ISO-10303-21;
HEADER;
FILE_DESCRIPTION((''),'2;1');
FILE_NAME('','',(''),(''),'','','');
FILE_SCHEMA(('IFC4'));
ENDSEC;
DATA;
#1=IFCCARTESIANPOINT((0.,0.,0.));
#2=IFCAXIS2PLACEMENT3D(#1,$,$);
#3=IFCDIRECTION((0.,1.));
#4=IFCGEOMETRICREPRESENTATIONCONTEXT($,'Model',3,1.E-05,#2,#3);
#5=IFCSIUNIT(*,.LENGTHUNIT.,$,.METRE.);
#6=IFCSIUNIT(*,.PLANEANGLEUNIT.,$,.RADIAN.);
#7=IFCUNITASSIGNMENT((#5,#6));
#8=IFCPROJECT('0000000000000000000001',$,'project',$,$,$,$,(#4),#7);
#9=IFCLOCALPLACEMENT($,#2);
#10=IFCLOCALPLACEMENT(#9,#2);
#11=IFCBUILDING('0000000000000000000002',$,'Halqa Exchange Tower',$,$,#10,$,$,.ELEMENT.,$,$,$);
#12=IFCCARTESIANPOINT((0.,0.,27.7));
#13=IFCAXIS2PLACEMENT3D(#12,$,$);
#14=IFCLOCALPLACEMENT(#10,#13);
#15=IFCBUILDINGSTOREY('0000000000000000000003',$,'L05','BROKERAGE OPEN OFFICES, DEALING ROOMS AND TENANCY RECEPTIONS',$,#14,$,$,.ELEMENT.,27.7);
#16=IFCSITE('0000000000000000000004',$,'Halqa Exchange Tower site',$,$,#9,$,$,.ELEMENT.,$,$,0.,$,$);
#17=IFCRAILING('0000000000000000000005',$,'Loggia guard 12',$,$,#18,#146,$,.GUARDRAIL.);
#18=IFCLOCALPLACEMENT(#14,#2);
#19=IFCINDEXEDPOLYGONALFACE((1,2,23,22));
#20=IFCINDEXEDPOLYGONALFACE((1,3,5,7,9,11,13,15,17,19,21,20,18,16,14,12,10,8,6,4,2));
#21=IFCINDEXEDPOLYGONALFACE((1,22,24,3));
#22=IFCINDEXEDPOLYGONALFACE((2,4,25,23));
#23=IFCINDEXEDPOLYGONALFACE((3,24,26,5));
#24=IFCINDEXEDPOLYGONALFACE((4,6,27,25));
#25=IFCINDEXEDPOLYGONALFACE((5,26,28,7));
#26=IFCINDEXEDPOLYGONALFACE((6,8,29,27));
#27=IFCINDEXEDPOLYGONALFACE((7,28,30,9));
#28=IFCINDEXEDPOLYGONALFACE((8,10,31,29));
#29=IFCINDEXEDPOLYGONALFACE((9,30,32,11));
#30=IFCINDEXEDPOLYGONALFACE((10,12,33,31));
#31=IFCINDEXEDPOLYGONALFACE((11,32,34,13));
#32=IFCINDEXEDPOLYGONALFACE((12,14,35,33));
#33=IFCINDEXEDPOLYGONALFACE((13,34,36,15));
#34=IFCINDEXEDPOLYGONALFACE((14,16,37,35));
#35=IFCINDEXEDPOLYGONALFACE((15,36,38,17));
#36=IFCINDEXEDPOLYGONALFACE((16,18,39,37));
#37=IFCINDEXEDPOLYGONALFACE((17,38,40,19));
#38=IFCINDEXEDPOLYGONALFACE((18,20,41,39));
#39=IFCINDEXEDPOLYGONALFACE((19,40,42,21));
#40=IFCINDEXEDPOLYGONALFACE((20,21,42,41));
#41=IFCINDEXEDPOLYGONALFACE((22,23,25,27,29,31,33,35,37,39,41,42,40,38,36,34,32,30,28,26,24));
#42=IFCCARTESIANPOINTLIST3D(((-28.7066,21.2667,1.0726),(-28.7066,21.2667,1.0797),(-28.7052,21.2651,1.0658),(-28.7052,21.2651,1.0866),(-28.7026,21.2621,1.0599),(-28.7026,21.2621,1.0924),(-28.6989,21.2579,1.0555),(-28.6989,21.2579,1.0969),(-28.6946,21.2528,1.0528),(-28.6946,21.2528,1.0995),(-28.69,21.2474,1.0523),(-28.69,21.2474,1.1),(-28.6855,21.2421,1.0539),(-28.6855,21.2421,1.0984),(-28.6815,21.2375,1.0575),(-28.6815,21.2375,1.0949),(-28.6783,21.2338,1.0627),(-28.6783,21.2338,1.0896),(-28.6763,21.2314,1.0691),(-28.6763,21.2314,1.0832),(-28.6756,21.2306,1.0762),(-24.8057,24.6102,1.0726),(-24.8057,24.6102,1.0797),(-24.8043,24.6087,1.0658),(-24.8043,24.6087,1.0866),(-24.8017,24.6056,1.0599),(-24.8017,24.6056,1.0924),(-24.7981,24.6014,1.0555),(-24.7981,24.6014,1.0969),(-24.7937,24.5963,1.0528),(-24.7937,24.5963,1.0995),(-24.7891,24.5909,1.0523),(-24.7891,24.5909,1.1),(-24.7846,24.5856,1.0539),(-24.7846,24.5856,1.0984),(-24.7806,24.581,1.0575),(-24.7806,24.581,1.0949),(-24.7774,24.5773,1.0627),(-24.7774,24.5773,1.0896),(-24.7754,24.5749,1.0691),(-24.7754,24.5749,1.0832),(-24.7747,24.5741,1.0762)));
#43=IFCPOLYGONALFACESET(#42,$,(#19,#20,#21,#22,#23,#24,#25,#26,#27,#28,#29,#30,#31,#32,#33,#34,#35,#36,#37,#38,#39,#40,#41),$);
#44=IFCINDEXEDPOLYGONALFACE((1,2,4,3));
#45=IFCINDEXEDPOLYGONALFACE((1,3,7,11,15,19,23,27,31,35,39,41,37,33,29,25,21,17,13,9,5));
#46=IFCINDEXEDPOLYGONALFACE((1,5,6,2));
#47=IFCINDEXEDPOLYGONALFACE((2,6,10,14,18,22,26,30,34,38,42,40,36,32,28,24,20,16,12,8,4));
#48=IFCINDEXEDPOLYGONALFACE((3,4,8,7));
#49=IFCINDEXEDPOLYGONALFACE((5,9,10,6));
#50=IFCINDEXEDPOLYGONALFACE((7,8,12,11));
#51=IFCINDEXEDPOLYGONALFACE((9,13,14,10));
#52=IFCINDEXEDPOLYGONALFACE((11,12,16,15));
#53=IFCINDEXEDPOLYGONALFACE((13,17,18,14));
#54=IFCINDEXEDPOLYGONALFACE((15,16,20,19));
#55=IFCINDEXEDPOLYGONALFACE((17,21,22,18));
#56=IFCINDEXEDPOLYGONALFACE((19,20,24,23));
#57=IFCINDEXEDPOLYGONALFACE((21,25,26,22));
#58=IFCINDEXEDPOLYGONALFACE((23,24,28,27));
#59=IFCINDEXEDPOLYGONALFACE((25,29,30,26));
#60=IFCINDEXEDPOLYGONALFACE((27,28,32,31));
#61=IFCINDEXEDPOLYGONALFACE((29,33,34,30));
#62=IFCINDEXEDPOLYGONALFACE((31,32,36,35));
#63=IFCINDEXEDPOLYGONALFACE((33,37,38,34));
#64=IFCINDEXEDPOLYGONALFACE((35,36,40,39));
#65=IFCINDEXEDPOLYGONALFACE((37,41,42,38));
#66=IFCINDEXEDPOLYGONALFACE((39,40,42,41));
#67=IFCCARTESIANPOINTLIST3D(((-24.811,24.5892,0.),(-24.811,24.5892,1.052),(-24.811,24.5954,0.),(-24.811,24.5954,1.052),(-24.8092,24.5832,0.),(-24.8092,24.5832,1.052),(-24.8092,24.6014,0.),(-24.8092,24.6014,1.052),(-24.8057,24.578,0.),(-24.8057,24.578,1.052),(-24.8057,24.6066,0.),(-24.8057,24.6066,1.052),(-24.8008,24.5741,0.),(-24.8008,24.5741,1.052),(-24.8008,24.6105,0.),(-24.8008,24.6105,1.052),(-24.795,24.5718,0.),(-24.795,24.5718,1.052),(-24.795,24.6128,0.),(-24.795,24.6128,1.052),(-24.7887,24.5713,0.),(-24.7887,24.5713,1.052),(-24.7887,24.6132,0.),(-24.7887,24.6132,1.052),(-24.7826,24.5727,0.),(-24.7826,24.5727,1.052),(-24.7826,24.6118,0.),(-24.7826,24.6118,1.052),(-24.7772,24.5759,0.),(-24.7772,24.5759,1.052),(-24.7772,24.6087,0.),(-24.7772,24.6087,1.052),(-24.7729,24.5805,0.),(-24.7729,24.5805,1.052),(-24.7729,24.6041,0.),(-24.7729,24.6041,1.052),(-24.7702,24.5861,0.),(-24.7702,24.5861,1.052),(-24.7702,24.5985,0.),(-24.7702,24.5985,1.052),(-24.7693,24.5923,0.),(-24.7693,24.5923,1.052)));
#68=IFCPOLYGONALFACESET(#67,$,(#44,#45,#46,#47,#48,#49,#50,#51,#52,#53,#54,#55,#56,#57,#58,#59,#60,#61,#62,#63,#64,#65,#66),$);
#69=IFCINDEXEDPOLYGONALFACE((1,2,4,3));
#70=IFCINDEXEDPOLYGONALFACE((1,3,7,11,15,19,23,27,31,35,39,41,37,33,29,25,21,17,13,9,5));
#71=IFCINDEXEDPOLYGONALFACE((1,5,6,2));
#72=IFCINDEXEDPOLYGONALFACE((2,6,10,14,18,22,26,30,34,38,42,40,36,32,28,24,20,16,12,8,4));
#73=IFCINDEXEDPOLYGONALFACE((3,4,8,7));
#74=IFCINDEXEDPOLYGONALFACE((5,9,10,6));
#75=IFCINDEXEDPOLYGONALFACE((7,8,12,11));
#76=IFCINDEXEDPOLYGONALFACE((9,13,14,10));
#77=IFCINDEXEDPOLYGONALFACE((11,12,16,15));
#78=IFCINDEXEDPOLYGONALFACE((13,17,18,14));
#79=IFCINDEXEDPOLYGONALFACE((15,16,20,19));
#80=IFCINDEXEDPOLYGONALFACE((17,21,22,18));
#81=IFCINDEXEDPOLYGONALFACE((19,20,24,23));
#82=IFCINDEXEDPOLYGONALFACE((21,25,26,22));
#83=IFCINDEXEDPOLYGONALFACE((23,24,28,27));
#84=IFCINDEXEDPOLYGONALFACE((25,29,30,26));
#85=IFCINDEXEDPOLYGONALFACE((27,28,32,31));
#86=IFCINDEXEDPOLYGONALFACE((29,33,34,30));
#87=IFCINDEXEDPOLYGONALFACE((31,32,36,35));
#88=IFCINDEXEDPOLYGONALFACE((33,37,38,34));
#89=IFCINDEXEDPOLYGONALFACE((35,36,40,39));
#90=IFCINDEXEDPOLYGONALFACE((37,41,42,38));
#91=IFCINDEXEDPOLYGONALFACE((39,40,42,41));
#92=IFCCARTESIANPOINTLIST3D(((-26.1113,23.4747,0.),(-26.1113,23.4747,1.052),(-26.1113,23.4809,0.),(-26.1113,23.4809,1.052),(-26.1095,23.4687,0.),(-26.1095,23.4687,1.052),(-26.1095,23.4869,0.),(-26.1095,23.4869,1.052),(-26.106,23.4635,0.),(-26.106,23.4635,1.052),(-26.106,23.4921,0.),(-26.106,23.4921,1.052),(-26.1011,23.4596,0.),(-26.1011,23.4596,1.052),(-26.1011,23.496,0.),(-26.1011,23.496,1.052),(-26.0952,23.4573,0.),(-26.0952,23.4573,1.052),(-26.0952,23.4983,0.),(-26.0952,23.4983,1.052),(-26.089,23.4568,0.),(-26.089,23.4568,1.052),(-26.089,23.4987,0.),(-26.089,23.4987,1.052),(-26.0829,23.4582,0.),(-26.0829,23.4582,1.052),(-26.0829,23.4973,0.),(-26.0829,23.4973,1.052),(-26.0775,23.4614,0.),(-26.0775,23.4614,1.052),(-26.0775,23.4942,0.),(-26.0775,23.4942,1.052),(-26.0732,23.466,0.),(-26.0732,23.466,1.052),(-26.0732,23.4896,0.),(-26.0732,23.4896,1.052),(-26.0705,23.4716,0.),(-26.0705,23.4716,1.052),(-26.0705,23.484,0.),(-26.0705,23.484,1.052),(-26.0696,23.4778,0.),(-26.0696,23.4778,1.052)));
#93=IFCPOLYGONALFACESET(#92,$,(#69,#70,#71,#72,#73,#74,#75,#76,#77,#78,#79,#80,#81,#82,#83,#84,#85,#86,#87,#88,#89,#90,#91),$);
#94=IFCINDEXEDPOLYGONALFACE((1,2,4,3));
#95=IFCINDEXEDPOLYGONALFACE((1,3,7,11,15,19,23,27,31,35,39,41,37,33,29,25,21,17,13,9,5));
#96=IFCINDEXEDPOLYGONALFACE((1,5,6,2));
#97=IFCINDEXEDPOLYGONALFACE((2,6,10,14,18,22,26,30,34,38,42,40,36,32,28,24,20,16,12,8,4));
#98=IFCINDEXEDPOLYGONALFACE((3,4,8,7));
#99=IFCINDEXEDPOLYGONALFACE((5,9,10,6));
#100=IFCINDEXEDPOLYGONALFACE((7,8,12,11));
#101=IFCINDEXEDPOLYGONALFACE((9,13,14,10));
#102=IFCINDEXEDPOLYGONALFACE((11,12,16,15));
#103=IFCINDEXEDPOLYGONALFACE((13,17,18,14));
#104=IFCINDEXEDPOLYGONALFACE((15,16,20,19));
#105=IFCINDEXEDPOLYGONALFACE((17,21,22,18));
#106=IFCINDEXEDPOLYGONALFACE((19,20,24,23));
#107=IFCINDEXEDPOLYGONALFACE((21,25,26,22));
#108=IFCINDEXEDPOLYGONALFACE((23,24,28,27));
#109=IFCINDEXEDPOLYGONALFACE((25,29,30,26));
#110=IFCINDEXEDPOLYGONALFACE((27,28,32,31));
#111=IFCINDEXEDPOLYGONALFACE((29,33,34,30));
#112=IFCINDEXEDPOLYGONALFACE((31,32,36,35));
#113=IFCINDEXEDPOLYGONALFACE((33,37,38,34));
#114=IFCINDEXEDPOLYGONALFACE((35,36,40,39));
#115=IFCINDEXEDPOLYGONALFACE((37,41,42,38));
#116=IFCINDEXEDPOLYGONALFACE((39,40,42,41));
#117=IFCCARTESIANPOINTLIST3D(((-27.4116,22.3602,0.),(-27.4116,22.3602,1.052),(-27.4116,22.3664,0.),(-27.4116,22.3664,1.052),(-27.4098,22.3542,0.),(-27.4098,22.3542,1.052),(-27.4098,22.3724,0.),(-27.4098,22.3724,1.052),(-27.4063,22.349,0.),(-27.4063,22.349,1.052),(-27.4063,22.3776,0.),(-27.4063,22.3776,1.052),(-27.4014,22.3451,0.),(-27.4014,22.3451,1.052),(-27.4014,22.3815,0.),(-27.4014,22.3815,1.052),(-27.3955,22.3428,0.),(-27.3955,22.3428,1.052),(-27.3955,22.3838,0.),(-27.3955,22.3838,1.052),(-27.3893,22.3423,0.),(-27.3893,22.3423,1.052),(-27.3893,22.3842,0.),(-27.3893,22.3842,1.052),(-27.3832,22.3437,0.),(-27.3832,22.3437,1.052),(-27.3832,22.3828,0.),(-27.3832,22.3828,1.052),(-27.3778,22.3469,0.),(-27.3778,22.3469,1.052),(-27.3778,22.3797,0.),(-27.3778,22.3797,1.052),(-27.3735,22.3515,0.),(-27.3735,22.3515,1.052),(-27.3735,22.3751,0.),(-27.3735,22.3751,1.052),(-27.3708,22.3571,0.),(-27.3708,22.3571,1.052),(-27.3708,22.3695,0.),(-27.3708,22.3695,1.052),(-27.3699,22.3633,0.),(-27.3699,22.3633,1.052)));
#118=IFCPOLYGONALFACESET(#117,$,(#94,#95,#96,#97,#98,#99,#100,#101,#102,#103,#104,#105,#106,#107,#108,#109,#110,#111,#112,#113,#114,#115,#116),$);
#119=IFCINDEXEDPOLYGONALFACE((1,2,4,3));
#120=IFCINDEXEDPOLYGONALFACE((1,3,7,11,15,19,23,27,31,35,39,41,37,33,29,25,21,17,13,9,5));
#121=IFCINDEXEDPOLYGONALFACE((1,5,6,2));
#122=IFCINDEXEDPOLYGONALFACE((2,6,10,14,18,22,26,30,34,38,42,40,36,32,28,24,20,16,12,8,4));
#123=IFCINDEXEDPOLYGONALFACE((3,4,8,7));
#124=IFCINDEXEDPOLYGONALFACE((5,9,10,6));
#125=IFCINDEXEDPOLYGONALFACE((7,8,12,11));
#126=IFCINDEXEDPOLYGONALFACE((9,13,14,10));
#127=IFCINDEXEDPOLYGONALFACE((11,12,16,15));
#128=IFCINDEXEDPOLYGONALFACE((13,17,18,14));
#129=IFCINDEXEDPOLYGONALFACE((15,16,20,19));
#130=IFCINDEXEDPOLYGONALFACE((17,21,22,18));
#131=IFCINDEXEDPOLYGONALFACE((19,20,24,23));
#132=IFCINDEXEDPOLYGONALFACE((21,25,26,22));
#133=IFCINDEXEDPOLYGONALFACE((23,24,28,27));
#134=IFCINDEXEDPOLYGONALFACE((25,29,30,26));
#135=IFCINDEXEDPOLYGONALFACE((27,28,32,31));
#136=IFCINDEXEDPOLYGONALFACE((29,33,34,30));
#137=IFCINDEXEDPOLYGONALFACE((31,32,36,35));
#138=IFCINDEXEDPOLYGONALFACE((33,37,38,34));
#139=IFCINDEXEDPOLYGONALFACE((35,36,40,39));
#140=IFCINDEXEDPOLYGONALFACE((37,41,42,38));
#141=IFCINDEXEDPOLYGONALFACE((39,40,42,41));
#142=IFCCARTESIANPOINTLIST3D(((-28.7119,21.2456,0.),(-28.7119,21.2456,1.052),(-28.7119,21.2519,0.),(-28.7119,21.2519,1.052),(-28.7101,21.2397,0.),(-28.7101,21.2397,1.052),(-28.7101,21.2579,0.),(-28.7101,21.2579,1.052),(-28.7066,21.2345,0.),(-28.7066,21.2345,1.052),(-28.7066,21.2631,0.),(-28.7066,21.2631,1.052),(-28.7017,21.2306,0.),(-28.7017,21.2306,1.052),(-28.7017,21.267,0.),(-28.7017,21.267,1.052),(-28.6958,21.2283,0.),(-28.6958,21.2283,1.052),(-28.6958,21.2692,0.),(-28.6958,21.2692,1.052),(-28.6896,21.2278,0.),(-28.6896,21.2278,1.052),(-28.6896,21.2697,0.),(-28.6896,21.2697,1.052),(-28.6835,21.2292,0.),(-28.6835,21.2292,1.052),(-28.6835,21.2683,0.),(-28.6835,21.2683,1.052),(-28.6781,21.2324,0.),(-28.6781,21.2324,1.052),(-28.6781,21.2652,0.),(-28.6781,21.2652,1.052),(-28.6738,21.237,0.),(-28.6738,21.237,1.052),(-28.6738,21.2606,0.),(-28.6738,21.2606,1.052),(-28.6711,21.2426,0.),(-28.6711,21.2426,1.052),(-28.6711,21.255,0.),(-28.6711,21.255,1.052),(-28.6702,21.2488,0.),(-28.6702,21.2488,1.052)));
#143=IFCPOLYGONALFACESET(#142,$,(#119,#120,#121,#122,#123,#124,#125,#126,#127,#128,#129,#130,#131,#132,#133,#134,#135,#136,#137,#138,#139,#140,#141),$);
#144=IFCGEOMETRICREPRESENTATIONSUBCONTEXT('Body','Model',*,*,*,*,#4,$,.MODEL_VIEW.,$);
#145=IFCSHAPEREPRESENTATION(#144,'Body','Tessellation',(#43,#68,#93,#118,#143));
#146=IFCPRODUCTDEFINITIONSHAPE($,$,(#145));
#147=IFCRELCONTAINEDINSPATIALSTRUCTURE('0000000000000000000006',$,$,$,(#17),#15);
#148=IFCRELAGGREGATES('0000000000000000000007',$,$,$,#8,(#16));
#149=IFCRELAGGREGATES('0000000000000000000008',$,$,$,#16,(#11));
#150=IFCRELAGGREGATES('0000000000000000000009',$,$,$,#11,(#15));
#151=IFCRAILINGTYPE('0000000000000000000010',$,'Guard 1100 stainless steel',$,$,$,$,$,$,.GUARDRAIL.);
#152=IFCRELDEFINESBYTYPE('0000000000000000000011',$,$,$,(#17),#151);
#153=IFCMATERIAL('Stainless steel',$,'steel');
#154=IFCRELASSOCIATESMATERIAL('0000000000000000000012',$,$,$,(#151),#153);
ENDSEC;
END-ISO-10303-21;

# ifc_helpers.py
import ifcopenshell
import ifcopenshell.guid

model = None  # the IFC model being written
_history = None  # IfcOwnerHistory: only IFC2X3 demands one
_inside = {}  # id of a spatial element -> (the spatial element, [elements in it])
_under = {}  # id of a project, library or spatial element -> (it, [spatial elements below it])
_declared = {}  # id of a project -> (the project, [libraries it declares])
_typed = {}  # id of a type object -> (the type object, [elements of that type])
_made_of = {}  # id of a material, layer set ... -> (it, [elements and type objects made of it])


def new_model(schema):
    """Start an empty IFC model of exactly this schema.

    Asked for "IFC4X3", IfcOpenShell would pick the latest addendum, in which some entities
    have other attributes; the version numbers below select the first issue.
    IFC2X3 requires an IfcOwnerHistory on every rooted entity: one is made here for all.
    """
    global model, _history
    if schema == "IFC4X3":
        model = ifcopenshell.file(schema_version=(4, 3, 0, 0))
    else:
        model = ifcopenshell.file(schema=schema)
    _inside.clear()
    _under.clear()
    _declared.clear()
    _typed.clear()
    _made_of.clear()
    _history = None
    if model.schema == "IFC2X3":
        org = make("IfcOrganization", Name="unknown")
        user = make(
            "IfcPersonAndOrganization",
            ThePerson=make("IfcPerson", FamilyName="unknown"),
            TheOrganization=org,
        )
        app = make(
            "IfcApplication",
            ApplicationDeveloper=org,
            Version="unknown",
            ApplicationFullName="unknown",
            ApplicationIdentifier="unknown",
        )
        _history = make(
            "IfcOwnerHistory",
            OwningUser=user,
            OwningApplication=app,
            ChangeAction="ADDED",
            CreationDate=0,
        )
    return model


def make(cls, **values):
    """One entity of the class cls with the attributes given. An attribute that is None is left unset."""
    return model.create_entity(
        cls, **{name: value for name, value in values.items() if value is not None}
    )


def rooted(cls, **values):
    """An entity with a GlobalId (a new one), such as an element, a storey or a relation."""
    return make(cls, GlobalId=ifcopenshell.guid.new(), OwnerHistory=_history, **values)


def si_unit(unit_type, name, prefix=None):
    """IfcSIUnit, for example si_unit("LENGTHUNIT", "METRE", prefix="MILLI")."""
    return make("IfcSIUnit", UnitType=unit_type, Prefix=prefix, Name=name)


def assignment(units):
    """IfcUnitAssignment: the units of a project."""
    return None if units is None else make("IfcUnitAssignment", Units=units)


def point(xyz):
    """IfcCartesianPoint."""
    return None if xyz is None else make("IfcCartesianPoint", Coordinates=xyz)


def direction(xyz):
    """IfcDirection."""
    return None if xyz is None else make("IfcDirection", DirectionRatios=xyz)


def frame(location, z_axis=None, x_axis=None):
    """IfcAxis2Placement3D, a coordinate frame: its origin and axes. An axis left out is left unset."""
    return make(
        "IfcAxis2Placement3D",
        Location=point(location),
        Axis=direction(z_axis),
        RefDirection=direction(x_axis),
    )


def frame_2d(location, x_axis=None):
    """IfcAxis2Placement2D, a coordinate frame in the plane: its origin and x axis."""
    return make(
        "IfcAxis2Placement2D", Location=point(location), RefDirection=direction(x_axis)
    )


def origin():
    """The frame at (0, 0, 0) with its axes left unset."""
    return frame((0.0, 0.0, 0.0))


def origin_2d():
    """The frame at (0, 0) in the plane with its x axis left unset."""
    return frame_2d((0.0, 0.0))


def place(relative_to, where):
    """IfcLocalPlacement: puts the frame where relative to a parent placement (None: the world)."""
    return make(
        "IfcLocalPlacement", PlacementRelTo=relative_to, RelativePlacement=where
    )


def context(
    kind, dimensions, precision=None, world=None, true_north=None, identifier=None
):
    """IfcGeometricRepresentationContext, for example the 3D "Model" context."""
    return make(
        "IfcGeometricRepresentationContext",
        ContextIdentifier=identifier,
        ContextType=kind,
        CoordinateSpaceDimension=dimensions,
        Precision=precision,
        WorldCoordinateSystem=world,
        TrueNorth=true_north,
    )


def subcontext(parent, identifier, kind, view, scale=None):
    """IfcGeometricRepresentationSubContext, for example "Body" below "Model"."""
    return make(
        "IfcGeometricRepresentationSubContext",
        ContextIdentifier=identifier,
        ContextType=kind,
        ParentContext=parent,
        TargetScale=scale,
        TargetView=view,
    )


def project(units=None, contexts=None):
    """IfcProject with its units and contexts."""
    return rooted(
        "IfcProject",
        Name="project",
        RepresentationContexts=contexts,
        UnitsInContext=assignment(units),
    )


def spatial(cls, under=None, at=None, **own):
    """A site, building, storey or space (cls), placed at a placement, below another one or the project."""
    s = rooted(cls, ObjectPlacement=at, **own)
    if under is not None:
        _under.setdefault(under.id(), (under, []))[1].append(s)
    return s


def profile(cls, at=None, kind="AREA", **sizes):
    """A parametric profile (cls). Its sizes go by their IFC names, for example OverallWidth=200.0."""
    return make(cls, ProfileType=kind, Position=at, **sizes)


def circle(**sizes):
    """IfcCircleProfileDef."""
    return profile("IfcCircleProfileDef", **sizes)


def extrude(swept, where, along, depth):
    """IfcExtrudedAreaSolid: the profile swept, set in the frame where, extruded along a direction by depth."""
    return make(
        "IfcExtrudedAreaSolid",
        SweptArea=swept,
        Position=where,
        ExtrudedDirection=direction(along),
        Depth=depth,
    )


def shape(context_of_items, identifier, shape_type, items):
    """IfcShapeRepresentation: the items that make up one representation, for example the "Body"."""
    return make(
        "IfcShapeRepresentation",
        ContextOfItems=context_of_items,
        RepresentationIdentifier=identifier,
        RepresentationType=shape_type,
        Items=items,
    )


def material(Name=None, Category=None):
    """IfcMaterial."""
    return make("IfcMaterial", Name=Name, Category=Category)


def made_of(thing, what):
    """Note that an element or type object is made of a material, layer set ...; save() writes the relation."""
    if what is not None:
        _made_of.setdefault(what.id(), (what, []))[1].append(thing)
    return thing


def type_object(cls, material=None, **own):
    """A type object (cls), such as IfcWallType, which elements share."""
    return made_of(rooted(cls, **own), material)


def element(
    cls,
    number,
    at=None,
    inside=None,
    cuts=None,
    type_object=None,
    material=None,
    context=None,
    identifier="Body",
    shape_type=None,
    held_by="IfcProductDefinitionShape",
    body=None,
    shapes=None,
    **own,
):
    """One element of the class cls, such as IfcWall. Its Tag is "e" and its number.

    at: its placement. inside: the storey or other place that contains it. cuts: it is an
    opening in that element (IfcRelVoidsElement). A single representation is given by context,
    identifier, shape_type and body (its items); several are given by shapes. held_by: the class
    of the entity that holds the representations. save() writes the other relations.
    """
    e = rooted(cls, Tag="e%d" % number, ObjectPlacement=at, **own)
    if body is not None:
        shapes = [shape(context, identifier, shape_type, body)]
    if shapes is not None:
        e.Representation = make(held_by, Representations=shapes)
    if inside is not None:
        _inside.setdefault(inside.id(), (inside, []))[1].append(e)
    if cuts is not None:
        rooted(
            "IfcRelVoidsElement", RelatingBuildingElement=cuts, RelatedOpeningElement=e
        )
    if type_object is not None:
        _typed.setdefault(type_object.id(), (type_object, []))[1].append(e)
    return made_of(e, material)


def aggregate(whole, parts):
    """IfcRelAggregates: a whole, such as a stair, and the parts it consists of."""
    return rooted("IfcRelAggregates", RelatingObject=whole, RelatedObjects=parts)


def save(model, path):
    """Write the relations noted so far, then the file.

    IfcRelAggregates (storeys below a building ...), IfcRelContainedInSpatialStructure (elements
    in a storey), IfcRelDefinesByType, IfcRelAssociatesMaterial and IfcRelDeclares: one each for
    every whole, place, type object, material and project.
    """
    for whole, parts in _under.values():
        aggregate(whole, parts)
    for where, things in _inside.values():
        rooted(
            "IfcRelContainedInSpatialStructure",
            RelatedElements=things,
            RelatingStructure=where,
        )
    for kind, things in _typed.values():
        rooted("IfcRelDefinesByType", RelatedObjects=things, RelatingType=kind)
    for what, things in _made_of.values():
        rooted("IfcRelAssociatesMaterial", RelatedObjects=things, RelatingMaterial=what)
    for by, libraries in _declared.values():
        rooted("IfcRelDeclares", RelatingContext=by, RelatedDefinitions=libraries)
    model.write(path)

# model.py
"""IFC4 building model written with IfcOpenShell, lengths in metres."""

from ifc_helpers import new_model, si_unit, direction, frame, origin, origin_2d, place, context, subcontext, project, spatial, circle, extrude, material, type_object, element, save


model = new_model("IFC4")

# Units and contexts
model_context = context("Model", 3, precision=1e-05, world=origin(), true_north=direction((0.0, 1.0)))
body_context = subcontext(model_context, "Body", "Model", "MODEL_VIEW")
ifc_project = project(units=[si_unit("LENGTHUNIT", "METRE"), si_unit("PLANEANGLEUNIT", "RADIAN")], contexts=[model_context])

# Site, building, storey
site_placement = place(None, origin())
site = spatial("IfcSite", under=ifc_project, at=site_placement, Name="Halqa Exchange Tower site", CompositionType="ELEMENT", RefElevation=0.0)
building_placement = place(site_placement, origin())
building = spatial("IfcBuilding", under=site, at=building_placement, Name="Halqa Exchange Tower", CompositionType="ELEMENT")
storey_placement = place(building_placement, frame((0.0, 0.0, 27.7)))
storey = spatial("IfcBuildingStorey", under=building, at=storey_placement, Name="L05", Description="BROKERAGE OPEN OFFICES, DEALING ROOMS AND TENANCY RECEPTIONS", CompositionType="ELEMENT", Elevation=27.7)

# Railing
ifc_material_1 = material(Name="Stainless steel", Category="steel")
railing_type = type_object("IfcRailingType", Name="Guard 1100 stainless steel", PredefinedType="GUARDRAIL", material=ifc_material_1)
railing_1_placement = place(storey_placement, frame((-24.7903, 24.5923, 0.0)))
element("IfcRailing", 1, at=railing_1_placement, inside=storey, type_object=railing_type, Name="Loggia guard 12", PredefinedType="GUARDRAIL", context=body_context, shape_type="SweptSolid", body=[
    extrude(circle(Radius=0.0239, at=origin_2d()), frame((0.0, 0.0, 1.0762), z_axis=(-0.759267, -0.65078, 0.0), x_axis=(0.65078, -0.759267, 0.0)), (0.0, 0.0, 1.0), 5.1377),
    extrude(circle(Radius=0.021, at=origin_2d()), origin(), (0.0, 0.0, 1.0), 1.052),
    extrude(circle(Radius=0.021, at=origin_2d()), frame((-1.3003, -1.1145, 0.0)), (0.0, 0.0, 1.0), 1.052),
    extrude(circle(Radius=0.021, at=origin_2d()), frame((-2.6006, -2.229, 0.0)), (0.0, 0.0, 1.0), 1.052),
    extrude(circle(Radius=0.021, at=origin_2d()), frame((-3.9009, -3.3435, 0.0)), (0.0, 0.0, 1.0), 1.052),
])

save(model, "model.ifc")
